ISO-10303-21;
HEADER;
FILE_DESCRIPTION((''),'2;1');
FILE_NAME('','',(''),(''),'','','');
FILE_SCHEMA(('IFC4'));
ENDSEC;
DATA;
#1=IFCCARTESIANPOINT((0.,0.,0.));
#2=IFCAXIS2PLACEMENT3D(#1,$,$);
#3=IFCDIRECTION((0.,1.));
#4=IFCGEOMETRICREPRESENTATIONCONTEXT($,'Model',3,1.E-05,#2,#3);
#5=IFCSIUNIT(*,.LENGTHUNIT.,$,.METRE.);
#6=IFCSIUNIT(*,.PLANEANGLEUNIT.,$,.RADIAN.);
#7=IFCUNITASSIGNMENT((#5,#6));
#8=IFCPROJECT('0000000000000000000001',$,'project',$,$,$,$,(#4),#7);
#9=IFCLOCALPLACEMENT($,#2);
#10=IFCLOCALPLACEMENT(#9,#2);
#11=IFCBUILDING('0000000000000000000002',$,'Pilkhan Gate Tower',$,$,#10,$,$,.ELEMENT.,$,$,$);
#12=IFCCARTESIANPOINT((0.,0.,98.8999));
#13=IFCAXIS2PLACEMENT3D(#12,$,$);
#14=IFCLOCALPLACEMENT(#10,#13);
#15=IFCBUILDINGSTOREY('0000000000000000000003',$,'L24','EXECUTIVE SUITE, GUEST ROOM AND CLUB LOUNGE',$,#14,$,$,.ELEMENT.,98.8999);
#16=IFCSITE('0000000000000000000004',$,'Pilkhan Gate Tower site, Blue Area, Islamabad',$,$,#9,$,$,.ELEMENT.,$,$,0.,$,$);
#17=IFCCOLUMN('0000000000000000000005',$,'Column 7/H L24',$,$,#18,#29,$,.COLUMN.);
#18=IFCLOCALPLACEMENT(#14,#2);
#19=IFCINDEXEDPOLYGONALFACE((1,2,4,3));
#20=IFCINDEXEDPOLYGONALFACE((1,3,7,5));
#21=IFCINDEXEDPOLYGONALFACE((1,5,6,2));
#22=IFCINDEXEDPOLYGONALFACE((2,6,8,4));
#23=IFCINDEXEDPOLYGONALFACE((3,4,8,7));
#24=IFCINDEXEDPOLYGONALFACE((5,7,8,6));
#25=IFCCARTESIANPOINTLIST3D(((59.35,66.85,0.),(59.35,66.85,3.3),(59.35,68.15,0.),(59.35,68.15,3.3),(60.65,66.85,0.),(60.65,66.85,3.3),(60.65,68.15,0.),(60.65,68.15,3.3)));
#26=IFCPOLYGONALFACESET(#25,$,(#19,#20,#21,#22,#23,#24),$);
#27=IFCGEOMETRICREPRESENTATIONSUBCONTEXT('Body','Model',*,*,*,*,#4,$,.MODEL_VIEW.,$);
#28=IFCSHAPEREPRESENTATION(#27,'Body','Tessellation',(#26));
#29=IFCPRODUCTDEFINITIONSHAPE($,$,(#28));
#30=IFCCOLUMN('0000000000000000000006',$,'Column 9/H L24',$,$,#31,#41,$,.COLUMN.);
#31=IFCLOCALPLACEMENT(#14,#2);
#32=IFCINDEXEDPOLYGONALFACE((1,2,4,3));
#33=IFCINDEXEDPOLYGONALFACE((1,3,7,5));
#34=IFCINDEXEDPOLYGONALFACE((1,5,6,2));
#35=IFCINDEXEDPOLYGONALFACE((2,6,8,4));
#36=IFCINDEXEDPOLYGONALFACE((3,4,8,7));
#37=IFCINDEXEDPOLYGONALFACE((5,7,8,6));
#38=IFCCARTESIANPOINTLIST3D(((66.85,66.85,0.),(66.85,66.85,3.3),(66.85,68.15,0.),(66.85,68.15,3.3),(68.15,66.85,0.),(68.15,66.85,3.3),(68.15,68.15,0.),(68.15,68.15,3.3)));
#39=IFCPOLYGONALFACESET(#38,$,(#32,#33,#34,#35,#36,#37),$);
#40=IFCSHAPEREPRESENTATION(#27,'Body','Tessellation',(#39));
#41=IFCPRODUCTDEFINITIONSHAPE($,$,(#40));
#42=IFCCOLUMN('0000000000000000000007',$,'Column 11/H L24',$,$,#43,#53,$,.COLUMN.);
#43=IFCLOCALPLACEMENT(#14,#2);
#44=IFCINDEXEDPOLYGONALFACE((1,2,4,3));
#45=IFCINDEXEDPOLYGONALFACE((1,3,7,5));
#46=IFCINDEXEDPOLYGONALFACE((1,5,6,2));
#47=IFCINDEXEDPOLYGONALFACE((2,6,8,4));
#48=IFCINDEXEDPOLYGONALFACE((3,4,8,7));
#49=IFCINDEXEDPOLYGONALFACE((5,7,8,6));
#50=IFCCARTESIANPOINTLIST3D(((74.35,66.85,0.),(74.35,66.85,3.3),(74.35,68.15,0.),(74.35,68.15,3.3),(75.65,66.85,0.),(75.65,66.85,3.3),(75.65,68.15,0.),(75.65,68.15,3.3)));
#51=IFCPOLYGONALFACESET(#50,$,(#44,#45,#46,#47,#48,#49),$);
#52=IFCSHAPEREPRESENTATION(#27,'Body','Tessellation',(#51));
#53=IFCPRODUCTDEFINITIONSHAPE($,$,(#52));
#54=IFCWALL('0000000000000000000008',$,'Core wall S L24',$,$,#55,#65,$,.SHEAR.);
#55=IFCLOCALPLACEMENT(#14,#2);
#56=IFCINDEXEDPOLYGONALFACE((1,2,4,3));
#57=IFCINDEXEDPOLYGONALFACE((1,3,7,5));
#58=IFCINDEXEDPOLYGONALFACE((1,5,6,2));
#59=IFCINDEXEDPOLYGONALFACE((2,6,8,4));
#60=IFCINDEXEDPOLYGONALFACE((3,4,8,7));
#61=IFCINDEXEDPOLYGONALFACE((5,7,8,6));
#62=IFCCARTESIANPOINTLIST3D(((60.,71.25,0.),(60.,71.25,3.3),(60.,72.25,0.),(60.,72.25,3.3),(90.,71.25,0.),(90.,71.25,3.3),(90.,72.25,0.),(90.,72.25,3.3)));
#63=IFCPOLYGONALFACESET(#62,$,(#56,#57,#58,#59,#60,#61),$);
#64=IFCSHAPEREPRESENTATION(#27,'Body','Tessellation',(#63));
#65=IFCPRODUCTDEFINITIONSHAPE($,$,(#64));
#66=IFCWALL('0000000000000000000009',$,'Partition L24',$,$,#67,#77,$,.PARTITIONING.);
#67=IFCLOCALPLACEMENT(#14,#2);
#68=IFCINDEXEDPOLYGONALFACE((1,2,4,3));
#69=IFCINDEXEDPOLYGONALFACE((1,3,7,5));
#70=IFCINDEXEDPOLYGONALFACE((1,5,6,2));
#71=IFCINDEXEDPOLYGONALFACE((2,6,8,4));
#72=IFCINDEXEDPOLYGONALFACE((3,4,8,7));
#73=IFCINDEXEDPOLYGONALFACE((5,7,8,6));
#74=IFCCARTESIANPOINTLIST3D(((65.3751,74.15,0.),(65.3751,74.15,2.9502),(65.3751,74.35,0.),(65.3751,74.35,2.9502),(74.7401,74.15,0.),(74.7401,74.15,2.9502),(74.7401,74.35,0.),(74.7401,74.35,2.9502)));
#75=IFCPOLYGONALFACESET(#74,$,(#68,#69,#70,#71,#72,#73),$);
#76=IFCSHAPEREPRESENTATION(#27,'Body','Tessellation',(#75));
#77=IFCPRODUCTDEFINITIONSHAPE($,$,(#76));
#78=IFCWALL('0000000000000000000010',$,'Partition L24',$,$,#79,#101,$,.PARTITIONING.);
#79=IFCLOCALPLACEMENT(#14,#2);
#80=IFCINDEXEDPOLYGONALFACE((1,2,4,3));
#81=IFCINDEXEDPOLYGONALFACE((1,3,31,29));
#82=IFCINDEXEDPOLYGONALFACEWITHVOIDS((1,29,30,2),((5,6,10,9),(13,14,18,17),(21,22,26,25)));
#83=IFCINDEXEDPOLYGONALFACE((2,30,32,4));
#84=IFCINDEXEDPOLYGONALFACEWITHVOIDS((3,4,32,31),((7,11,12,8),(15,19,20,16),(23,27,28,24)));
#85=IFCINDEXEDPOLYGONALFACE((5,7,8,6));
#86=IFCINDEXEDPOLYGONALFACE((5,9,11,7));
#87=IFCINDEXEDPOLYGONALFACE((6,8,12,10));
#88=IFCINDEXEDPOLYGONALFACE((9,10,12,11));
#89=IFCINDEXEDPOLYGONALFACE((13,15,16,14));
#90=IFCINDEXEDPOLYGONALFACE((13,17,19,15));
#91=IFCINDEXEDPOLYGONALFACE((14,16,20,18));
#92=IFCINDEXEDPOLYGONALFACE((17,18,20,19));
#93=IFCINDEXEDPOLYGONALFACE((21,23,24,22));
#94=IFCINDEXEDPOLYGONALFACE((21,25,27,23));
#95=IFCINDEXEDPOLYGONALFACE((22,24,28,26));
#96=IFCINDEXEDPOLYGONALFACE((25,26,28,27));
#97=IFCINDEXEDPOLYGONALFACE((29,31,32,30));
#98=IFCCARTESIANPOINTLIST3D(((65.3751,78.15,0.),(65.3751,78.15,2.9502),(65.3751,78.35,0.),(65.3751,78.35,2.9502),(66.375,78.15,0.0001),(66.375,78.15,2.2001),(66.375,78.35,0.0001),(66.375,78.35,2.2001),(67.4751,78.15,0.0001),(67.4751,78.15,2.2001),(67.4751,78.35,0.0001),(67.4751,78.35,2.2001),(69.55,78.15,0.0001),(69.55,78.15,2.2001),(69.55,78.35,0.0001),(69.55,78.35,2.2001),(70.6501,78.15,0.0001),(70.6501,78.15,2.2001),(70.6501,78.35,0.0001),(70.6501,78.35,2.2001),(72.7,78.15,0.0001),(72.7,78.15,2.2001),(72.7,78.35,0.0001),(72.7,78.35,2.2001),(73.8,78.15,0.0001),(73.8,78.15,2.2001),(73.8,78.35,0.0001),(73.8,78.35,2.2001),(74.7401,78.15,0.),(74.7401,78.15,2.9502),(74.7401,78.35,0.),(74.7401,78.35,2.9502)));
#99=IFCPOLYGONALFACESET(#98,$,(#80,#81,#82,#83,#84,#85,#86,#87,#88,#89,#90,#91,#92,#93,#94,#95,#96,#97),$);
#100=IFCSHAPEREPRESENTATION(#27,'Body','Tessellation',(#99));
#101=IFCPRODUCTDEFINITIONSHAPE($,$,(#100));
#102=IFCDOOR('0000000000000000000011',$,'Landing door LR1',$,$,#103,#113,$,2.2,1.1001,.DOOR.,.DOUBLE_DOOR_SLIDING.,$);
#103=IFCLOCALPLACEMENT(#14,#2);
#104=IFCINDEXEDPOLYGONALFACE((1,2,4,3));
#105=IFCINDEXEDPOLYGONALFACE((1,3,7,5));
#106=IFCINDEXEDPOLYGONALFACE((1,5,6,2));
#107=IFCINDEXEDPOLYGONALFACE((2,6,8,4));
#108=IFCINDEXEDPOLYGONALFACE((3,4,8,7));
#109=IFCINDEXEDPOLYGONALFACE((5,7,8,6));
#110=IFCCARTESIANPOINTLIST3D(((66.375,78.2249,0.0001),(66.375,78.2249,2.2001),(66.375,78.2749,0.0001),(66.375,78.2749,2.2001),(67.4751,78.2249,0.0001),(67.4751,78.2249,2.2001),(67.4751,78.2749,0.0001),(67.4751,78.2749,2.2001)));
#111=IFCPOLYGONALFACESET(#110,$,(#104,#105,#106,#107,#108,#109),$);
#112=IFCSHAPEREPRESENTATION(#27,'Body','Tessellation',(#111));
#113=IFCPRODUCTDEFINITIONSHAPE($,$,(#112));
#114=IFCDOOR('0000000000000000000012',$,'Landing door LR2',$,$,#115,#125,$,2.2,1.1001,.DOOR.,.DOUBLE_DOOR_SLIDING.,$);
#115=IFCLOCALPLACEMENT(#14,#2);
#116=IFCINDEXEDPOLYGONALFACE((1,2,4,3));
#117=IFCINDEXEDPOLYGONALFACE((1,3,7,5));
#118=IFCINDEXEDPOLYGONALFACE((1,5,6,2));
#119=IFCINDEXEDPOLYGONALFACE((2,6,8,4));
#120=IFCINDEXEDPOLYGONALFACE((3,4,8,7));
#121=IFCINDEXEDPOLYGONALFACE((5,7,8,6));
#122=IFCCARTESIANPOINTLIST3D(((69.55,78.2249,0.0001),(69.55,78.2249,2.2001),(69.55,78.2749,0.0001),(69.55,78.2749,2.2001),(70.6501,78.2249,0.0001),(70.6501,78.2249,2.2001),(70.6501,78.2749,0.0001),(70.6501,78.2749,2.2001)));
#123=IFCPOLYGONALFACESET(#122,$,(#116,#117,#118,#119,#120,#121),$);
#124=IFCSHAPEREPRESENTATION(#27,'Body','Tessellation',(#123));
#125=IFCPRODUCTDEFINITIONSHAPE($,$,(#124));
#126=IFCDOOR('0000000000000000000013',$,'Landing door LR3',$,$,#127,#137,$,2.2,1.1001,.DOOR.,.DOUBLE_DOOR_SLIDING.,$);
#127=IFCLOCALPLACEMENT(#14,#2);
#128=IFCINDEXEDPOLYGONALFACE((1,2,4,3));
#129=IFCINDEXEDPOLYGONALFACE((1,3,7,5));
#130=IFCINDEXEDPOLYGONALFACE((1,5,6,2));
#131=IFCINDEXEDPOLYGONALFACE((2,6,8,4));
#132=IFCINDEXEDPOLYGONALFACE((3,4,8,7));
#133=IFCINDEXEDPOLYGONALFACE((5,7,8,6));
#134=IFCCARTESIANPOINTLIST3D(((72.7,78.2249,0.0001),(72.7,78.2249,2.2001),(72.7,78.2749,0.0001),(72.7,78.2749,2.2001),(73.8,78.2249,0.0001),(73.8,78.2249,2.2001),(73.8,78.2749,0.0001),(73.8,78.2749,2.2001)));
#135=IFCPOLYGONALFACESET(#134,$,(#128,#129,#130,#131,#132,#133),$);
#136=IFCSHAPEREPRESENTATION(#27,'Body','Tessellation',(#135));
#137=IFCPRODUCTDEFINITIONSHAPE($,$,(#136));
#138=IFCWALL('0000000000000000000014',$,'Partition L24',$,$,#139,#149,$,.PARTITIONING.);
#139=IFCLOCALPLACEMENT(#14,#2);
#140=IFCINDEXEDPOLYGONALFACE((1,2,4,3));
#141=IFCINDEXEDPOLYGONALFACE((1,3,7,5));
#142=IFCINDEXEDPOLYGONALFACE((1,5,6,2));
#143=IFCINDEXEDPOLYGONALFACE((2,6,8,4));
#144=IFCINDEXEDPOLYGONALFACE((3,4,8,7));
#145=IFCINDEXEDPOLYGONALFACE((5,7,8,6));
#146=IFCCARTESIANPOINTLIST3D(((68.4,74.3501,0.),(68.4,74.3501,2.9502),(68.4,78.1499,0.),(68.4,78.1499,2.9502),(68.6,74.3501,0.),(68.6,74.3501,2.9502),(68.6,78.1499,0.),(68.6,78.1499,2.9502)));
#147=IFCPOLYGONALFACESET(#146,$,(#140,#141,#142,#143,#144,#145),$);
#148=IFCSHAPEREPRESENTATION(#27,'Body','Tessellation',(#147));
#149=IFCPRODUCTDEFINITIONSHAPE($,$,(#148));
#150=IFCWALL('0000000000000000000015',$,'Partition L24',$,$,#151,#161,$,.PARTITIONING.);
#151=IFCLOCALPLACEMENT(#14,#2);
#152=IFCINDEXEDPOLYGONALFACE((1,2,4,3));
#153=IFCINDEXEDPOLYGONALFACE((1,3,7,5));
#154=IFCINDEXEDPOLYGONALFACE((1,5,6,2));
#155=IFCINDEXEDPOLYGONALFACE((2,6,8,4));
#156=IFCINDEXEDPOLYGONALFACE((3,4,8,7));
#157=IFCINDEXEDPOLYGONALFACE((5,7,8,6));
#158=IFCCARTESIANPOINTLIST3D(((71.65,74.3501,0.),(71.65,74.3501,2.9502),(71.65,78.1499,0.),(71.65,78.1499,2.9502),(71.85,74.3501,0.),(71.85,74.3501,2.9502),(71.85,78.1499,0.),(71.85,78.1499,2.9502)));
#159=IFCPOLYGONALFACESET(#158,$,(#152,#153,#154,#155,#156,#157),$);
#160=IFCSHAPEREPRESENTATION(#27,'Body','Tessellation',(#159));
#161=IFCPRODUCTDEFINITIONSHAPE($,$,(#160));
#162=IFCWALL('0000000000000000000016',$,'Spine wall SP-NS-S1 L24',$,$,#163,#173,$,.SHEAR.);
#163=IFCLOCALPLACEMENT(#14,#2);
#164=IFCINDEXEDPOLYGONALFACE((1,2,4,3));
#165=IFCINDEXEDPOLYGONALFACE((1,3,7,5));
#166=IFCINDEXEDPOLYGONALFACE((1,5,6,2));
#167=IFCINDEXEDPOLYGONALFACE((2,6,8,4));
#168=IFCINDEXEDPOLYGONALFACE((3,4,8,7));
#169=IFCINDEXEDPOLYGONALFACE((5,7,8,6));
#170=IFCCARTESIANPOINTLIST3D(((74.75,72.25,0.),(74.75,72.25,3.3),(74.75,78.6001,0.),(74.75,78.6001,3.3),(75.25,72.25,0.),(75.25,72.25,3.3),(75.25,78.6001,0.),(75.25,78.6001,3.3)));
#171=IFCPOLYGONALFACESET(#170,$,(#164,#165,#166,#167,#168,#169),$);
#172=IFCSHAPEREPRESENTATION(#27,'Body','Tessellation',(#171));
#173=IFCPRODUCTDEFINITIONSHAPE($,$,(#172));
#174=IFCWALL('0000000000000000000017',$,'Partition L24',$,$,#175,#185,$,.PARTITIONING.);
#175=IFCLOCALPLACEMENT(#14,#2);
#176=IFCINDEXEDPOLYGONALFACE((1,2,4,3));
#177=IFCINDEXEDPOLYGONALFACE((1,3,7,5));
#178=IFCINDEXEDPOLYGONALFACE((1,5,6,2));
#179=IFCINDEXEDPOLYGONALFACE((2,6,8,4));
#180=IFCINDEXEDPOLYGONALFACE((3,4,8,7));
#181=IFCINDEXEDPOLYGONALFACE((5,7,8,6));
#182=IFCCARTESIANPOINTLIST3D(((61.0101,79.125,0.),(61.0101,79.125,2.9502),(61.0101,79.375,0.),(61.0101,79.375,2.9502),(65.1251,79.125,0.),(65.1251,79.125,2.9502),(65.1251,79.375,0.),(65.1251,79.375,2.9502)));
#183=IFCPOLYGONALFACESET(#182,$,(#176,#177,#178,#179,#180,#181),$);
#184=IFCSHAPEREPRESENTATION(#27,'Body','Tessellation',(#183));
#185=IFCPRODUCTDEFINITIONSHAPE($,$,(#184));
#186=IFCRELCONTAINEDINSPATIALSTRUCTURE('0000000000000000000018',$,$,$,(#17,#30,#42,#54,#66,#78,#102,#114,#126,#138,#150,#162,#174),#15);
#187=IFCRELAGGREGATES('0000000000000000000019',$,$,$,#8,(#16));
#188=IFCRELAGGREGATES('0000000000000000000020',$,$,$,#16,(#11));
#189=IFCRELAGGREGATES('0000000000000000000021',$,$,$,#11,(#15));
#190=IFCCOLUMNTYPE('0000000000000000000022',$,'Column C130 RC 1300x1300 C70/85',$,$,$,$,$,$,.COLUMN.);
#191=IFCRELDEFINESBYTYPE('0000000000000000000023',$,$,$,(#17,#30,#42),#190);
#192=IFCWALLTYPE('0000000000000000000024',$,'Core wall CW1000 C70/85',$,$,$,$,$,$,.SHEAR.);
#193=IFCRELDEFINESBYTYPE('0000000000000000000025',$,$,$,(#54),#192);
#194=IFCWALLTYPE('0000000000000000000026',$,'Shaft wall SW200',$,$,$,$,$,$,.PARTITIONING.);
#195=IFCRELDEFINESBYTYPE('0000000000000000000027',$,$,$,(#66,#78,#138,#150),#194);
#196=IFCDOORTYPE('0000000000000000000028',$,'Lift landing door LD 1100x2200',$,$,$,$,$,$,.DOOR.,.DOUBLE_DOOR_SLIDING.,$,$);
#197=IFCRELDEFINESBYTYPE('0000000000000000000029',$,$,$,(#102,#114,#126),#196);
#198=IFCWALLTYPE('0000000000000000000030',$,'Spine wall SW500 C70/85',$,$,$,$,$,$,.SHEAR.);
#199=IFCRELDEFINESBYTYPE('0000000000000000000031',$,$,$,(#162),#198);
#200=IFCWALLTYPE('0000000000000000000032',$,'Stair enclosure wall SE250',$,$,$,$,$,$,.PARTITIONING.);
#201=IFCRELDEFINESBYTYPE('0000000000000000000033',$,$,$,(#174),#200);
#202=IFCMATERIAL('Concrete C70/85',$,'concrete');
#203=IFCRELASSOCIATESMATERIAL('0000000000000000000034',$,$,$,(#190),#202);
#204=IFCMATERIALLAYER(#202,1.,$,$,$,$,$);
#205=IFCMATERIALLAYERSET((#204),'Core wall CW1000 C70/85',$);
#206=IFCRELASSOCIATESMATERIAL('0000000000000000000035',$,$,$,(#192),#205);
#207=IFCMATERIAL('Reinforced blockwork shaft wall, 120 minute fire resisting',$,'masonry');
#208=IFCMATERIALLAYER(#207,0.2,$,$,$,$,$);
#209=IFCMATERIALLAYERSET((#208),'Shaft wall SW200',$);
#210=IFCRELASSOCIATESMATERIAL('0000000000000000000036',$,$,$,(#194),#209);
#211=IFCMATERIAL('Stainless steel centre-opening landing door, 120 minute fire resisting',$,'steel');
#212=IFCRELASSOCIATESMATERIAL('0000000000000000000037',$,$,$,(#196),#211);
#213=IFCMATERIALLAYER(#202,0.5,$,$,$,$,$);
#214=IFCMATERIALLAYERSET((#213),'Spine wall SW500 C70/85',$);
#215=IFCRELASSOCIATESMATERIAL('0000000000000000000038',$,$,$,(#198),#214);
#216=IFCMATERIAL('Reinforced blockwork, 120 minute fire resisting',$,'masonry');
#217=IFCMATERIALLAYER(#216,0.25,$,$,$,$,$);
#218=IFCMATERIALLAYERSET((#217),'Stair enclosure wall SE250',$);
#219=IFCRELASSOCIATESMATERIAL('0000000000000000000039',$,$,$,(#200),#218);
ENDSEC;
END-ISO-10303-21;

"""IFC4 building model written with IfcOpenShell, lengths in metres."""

from ifc_helpers import new_model, si_unit, direction, frame, frame_2d, origin, origin_2d, place, context, subcontext, project, spatial, rectangle, extrude, material, layer, layer_set, material_profile, profile_set, type_object, element, fill, save


model = new_model("IFC4")

# Units and contexts
model_context = context("Model", 3, precision=1e-05, world=origin(), true_north=direction((0.0, 1.0)))
body_context = subcontext(model_context, "Body", "Model", "MODEL_VIEW")
ifc_project = project(units=[si_unit("LENGTHUNIT", "METRE"), si_unit("PLANEANGLEUNIT", "RADIAN")], contexts=[model_context])

# Site, building, storey
site_placement = place(None, origin())
site = spatial("IfcSite", under=ifc_project, at=site_placement, Name="Pilkhan Gate Tower site, Blue Area, Islamabad", CompositionType="ELEMENT", RefElevation=0.0)
building_placement = place(site_placement, origin())
building = spatial("IfcBuilding", under=site, at=building_placement, Name="Pilkhan Gate Tower", CompositionType="ELEMENT")
storey_placement = place(building_placement, frame((0.0, 0.0, 98.8999)))
storey = spatial("IfcBuildingStorey", under=building, at=storey_placement, Name="L24", Description="EXECUTIVE SUITE, GUEST ROOM AND CLUB LOUNGE", CompositionType="ELEMENT", Elevation=98.8999)

# Columns
ifc_material_1 = material(Name="Concrete C70/85", Category="concrete")
ifc_material_profile = material_profile(ifc_material_1, rectangle(XDim=1.3, YDim=1.3, at=origin_2d()), Name="RC 1300x1300")
ifc_profile_set = profile_set([ifc_material_profile], Name="Concrete C70/85")
column_type = type_object("IfcColumnType", Name="Column C130 RC 1300x1300 C70/85", PredefinedType="COLUMN", material=ifc_profile_set)
for number, where, z_axis, x_axis, name in (
    (1, (60.0, 67.5, 0.0), (0.0, 0.0, 1.0), (1.0, 0.0, 0.0), "Column 7/H L24"),
    (2, (67.5, 67.5, 0.0), (0.0, 0.0, 1.0), (1.0, 0.0, 0.0), "Column 9/H L24"),
    (3, (75.0, 67.5, 0.0), (0.0, 0.0, 1.0), (1.0, 0.0, 0.0), "Column 11/H L24"),
):
    element("IfcColumn", number, at=place(storey_placement, frame(where, z_axis=z_axis, x_axis=x_axis)), inside=storey, type_object=column_type, Name=name, PredefinedType="COLUMN", context=body_context, shape_type="SweptSolid", body=[
        extrude(rectangle(XDim=1.3, YDim=1.3, at=origin_2d()), origin(), (0.0, 0.0, 1.0), 3.3),
    ])

# Walls
ifc_layer_1 = layer(ifc_material_1, 1.0)
ifc_layer_set_1 = layer_set([ifc_layer_1], Name="Core wall CW1000 C70/85")
wall_type_1 = type_object("IfcWallType", Name="Core wall CW1000 C70/85", PredefinedType="SHEAR", material=ifc_layer_set_1)
wall_1_placement = place(storey_placement, frame((60.0, 71.75, 0.0), z_axis=(0.0, 0.0, 1.0), x_axis=(1.0, 0.0, 0.0)))
element("IfcWall", 4, at=wall_1_placement, inside=storey, type_object=wall_type_1, Name="Core wall S L24", PredefinedType="SHEAR", context=body_context, shape_type="SweptSolid", body=[
    extrude(rectangle(XDim=30.0, YDim=1.0, at=frame_2d((15.0, 0.0))), origin(), (0.0, 0.0, 1.0), 3.3),
])
ifc_material_2 = material(Name="Reinforced blockwork shaft wall, 120 minute fire resisting", Category="masonry")
ifc_layer_2 = layer(ifc_material_2, 0.2)
ifc_layer_set_2 = layer_set([ifc_layer_2], Name="Shaft wall SW200")
wall_type_2 = type_object("IfcWallType", Name="Shaft wall SW200", PredefinedType="PARTITIONING", material=ifc_layer_set_2)
wall_2_placement = place(storey_placement, frame((65.375, 74.25, 0.0), z_axis=(0.0, 0.0, 1.0), x_axis=(1.0, 0.0, 0.0)))
element("IfcWall", 5, at=wall_2_placement, inside=storey, type_object=wall_type_2, Name="Partition L24", PredefinedType="PARTITIONING", context=body_context, shape_type="SweptSolid", body=[
    extrude(rectangle(XDim=9.365, YDim=0.2, at=frame_2d((4.6826, 0.0))), origin(), (0.0, 0.0, 1.0), 2.9502),
])

# Wall, openings, doors
wall_3_placement = place(storey_placement, frame((65.375, 78.25, 0.0), z_axis=(0.0, 0.0, 1.0), x_axis=(1.0, 0.0, 0.0)))
wall_3 = element("IfcWall", 6, at=wall_3_placement, inside=storey, type_object=wall_type_2, Name="Partition L24", PredefinedType="PARTITIONING", context=body_context, shape_type="SweptSolid", body=[
    extrude(rectangle(XDim=9.365, YDim=0.2, at=frame_2d((4.6826, 0.0))), origin(), (0.0, 0.0, 1.0), 2.9502),
])
opening_1_placement = place(wall_3_placement, frame((1.0, 0.0, 0.0)))
opening_1 = element("IfcOpeningElement", 7, at=opening_1_placement, cuts=wall_3, PredefinedType="OPENING", context=body_context, shape_type="SweptSolid", body=[
    extrude(rectangle(XDim=1.1001, YDim=2.2, at=frame_2d((0.55, 1.1001))), frame((0.0, 0.1099, 0.0), z_axis=(0.0, -1.0, 0.0), x_axis=(1.0, 0.0, 0.0)), (0.0, 0.0, 1.0), 0.22),
])
opening_2_placement = place(wall_3_placement, frame((4.175, 0.0, 0.0)))
opening_2 = element("IfcOpeningElement", 8, at=opening_2_placement, cuts=wall_3, PredefinedType="OPENING", context=body_context, shape_type="SweptSolid", body=[
    extrude(rectangle(XDim=1.1001, YDim=2.2, at=frame_2d((0.55, 1.1001))), frame((0.0, 0.1099, 0.0), z_axis=(0.0, -1.0, 0.0), x_axis=(1.0, 0.0, 0.0)), (0.0, 0.0, 1.0), 0.22),
])
opening_3_placement = place(wall_3_placement, frame((7.325, 0.0, 0.0)))
opening_3 = element("IfcOpeningElement", 9, at=opening_3_placement, cuts=wall_3, PredefinedType="OPENING", context=body_context, shape_type="SweptSolid", body=[
    extrude(rectangle(XDim=1.1001, YDim=2.2, at=frame_2d((0.55, 1.1001))), frame((0.0, 0.1099, 0.0), z_axis=(0.0, -1.0, 0.0), x_axis=(1.0, 0.0, 0.0)), (0.0, 0.0, 1.0), 0.22),
])
ifc_material_3 = material(Name="Stainless steel centre-opening landing door, 120 minute fire resisting", Category="steel")
door_type = type_object("IfcDoorType", Name="Lift landing door LD 1100x2200", OperationType="DOUBLE_DOOR_SLIDING", PredefinedType="DOOR", material=ifc_material_3)
door_1_placement = place(opening_1_placement, origin())
door_1 = element("IfcDoor", 10, at=door_1_placement, inside=storey, type_object=door_type, Name="Landing door LR1", OperationType="DOUBLE_DOOR_SLIDING", OverallHeight=2.2, OverallWidth=1.1001, PredefinedType="DOOR", context=body_context, shape_type="SweptSolid", body=[
    extrude(rectangle(XDim=1.1001, YDim=2.2, at=frame_2d((0.55, 1.1001))), frame((0.0, 0.0249, 0.0), z_axis=(0.0, -1.0, 0.0), x_axis=(1.0, 0.0, 0.0)), (0.0, 0.0, 1.0), 0.05),
])
fill(opening_1, door_1)
door_2_placement = place(opening_2_placement, origin())
door_2 = element("IfcDoor", 11, at=door_2_placement, inside=storey, type_object=door_type, Name="Landing door LR2", OperationType="DOUBLE_DOOR_SLIDING", OverallHeight=2.2, OverallWidth=1.1001, PredefinedType="DOOR", context=body_context, shape_type="SweptSolid", body=[
    extrude(rectangle(XDim=1.1001, YDim=2.2, at=frame_2d((0.55, 1.1001))), frame((0.0, 0.0249, 0.0), z_axis=(0.0, -1.0, 0.0), x_axis=(1.0, 0.0, 0.0)), (0.0, 0.0, 1.0), 0.05),
])
fill(opening_2, door_2)
door_3_placement = place(opening_3_placement, origin())
door_3 = element("IfcDoor", 12, at=door_3_placement, inside=storey, type_object=door_type, Name="Landing door LR3", OperationType="DOUBLE_DOOR_SLIDING", OverallHeight=2.2, OverallWidth=1.1001, PredefinedType="DOOR", context=body_context, shape_type="SweptSolid", body=[
    extrude(rectangle(XDim=1.1001, YDim=2.2, at=frame_2d((0.55, 1.1001))), frame((0.0, 0.0249, 0.0), z_axis=(0.0, -1.0, 0.0), x_axis=(1.0, 0.0, 0.0)), (0.0, 0.0, 1.0), 0.05),
])
fill(opening_3, door_3)

# Walls
for number, where, z_axis, x_axis, name in (
    (13, (68.5, 74.3501, 0.0), (0.0, 0.0, 1.0), (0.0, 1.0, 0.0), "Partition L24"),
    (14, (71.75, 74.3501, 0.0), (0.0, 0.0, 1.0), (0.0, 1.0, 0.0), "Partition L24"),
):
    element("IfcWall", number, at=place(storey_placement, frame(where, z_axis=z_axis, x_axis=x_axis)), inside=storey, type_object=wall_type_2, Name=name, PredefinedType="PARTITIONING", context=body_context, shape_type="SweptSolid", body=[
        extrude(rectangle(XDim=3.7998, YDim=0.2, at=frame_2d((1.8999, 0.0))), origin(), (0.0, 0.0, 1.0), 2.9502),
    ])
ifc_layer_3 = layer(ifc_material_1, 0.5)
ifc_layer_set_3 = layer_set([ifc_layer_3], Name="Spine wall SW500 C70/85")
wall_type_3 = type_object("IfcWallType", Name="Spine wall SW500 C70/85", PredefinedType="SHEAR", material=ifc_layer_set_3)
wall_4_placement = place(storey_placement, frame((75.0, 72.25, 0.0), z_axis=(0.0, 0.0, 1.0), x_axis=(0.0, 1.0, 0.0)))
element("IfcWall", 15, at=wall_4_placement, inside=storey, type_object=wall_type_3, Name="Spine wall SP-NS-S1 L24", PredefinedType="SHEAR", context=body_context, shape_type="SweptSolid", body=[
    extrude(rectangle(XDim=6.3501, YDim=0.5, at=frame_2d((3.175, 0.0))), origin(), (0.0, 0.0, 1.0), 3.3),
])
ifc_material_4 = material(Name="Reinforced blockwork, 120 minute fire resisting", Category="masonry")
ifc_layer_4 = layer(ifc_material_4, 0.25)
ifc_layer_set_4 = layer_set([ifc_layer_4], Name="Stair enclosure wall SE250")
wall_type_4 = type_object("IfcWallType", Name="Stair enclosure wall SE250", PredefinedType="PARTITIONING", material=ifc_layer_set_4)
wall_5_placement = place(storey_placement, frame((61.01, 79.25, 0.0), z_axis=(0.0, 0.0, 1.0), x_axis=(1.0, 0.0, 0.0)))
element("IfcWall", 16, at=wall_5_placement, inside=storey, type_object=wall_type_4, Name="Partition L24", PredefinedType="PARTITIONING", context=body_context, shape_type="SweptSolid", body=[
    extrude(rectangle(XDim=4.115, YDim=0.25, at=frame_2d((2.0576, 0.0))), origin(), (0.0, 0.0, 1.0), 2.9502),
])

save(model, "model.ifc")
